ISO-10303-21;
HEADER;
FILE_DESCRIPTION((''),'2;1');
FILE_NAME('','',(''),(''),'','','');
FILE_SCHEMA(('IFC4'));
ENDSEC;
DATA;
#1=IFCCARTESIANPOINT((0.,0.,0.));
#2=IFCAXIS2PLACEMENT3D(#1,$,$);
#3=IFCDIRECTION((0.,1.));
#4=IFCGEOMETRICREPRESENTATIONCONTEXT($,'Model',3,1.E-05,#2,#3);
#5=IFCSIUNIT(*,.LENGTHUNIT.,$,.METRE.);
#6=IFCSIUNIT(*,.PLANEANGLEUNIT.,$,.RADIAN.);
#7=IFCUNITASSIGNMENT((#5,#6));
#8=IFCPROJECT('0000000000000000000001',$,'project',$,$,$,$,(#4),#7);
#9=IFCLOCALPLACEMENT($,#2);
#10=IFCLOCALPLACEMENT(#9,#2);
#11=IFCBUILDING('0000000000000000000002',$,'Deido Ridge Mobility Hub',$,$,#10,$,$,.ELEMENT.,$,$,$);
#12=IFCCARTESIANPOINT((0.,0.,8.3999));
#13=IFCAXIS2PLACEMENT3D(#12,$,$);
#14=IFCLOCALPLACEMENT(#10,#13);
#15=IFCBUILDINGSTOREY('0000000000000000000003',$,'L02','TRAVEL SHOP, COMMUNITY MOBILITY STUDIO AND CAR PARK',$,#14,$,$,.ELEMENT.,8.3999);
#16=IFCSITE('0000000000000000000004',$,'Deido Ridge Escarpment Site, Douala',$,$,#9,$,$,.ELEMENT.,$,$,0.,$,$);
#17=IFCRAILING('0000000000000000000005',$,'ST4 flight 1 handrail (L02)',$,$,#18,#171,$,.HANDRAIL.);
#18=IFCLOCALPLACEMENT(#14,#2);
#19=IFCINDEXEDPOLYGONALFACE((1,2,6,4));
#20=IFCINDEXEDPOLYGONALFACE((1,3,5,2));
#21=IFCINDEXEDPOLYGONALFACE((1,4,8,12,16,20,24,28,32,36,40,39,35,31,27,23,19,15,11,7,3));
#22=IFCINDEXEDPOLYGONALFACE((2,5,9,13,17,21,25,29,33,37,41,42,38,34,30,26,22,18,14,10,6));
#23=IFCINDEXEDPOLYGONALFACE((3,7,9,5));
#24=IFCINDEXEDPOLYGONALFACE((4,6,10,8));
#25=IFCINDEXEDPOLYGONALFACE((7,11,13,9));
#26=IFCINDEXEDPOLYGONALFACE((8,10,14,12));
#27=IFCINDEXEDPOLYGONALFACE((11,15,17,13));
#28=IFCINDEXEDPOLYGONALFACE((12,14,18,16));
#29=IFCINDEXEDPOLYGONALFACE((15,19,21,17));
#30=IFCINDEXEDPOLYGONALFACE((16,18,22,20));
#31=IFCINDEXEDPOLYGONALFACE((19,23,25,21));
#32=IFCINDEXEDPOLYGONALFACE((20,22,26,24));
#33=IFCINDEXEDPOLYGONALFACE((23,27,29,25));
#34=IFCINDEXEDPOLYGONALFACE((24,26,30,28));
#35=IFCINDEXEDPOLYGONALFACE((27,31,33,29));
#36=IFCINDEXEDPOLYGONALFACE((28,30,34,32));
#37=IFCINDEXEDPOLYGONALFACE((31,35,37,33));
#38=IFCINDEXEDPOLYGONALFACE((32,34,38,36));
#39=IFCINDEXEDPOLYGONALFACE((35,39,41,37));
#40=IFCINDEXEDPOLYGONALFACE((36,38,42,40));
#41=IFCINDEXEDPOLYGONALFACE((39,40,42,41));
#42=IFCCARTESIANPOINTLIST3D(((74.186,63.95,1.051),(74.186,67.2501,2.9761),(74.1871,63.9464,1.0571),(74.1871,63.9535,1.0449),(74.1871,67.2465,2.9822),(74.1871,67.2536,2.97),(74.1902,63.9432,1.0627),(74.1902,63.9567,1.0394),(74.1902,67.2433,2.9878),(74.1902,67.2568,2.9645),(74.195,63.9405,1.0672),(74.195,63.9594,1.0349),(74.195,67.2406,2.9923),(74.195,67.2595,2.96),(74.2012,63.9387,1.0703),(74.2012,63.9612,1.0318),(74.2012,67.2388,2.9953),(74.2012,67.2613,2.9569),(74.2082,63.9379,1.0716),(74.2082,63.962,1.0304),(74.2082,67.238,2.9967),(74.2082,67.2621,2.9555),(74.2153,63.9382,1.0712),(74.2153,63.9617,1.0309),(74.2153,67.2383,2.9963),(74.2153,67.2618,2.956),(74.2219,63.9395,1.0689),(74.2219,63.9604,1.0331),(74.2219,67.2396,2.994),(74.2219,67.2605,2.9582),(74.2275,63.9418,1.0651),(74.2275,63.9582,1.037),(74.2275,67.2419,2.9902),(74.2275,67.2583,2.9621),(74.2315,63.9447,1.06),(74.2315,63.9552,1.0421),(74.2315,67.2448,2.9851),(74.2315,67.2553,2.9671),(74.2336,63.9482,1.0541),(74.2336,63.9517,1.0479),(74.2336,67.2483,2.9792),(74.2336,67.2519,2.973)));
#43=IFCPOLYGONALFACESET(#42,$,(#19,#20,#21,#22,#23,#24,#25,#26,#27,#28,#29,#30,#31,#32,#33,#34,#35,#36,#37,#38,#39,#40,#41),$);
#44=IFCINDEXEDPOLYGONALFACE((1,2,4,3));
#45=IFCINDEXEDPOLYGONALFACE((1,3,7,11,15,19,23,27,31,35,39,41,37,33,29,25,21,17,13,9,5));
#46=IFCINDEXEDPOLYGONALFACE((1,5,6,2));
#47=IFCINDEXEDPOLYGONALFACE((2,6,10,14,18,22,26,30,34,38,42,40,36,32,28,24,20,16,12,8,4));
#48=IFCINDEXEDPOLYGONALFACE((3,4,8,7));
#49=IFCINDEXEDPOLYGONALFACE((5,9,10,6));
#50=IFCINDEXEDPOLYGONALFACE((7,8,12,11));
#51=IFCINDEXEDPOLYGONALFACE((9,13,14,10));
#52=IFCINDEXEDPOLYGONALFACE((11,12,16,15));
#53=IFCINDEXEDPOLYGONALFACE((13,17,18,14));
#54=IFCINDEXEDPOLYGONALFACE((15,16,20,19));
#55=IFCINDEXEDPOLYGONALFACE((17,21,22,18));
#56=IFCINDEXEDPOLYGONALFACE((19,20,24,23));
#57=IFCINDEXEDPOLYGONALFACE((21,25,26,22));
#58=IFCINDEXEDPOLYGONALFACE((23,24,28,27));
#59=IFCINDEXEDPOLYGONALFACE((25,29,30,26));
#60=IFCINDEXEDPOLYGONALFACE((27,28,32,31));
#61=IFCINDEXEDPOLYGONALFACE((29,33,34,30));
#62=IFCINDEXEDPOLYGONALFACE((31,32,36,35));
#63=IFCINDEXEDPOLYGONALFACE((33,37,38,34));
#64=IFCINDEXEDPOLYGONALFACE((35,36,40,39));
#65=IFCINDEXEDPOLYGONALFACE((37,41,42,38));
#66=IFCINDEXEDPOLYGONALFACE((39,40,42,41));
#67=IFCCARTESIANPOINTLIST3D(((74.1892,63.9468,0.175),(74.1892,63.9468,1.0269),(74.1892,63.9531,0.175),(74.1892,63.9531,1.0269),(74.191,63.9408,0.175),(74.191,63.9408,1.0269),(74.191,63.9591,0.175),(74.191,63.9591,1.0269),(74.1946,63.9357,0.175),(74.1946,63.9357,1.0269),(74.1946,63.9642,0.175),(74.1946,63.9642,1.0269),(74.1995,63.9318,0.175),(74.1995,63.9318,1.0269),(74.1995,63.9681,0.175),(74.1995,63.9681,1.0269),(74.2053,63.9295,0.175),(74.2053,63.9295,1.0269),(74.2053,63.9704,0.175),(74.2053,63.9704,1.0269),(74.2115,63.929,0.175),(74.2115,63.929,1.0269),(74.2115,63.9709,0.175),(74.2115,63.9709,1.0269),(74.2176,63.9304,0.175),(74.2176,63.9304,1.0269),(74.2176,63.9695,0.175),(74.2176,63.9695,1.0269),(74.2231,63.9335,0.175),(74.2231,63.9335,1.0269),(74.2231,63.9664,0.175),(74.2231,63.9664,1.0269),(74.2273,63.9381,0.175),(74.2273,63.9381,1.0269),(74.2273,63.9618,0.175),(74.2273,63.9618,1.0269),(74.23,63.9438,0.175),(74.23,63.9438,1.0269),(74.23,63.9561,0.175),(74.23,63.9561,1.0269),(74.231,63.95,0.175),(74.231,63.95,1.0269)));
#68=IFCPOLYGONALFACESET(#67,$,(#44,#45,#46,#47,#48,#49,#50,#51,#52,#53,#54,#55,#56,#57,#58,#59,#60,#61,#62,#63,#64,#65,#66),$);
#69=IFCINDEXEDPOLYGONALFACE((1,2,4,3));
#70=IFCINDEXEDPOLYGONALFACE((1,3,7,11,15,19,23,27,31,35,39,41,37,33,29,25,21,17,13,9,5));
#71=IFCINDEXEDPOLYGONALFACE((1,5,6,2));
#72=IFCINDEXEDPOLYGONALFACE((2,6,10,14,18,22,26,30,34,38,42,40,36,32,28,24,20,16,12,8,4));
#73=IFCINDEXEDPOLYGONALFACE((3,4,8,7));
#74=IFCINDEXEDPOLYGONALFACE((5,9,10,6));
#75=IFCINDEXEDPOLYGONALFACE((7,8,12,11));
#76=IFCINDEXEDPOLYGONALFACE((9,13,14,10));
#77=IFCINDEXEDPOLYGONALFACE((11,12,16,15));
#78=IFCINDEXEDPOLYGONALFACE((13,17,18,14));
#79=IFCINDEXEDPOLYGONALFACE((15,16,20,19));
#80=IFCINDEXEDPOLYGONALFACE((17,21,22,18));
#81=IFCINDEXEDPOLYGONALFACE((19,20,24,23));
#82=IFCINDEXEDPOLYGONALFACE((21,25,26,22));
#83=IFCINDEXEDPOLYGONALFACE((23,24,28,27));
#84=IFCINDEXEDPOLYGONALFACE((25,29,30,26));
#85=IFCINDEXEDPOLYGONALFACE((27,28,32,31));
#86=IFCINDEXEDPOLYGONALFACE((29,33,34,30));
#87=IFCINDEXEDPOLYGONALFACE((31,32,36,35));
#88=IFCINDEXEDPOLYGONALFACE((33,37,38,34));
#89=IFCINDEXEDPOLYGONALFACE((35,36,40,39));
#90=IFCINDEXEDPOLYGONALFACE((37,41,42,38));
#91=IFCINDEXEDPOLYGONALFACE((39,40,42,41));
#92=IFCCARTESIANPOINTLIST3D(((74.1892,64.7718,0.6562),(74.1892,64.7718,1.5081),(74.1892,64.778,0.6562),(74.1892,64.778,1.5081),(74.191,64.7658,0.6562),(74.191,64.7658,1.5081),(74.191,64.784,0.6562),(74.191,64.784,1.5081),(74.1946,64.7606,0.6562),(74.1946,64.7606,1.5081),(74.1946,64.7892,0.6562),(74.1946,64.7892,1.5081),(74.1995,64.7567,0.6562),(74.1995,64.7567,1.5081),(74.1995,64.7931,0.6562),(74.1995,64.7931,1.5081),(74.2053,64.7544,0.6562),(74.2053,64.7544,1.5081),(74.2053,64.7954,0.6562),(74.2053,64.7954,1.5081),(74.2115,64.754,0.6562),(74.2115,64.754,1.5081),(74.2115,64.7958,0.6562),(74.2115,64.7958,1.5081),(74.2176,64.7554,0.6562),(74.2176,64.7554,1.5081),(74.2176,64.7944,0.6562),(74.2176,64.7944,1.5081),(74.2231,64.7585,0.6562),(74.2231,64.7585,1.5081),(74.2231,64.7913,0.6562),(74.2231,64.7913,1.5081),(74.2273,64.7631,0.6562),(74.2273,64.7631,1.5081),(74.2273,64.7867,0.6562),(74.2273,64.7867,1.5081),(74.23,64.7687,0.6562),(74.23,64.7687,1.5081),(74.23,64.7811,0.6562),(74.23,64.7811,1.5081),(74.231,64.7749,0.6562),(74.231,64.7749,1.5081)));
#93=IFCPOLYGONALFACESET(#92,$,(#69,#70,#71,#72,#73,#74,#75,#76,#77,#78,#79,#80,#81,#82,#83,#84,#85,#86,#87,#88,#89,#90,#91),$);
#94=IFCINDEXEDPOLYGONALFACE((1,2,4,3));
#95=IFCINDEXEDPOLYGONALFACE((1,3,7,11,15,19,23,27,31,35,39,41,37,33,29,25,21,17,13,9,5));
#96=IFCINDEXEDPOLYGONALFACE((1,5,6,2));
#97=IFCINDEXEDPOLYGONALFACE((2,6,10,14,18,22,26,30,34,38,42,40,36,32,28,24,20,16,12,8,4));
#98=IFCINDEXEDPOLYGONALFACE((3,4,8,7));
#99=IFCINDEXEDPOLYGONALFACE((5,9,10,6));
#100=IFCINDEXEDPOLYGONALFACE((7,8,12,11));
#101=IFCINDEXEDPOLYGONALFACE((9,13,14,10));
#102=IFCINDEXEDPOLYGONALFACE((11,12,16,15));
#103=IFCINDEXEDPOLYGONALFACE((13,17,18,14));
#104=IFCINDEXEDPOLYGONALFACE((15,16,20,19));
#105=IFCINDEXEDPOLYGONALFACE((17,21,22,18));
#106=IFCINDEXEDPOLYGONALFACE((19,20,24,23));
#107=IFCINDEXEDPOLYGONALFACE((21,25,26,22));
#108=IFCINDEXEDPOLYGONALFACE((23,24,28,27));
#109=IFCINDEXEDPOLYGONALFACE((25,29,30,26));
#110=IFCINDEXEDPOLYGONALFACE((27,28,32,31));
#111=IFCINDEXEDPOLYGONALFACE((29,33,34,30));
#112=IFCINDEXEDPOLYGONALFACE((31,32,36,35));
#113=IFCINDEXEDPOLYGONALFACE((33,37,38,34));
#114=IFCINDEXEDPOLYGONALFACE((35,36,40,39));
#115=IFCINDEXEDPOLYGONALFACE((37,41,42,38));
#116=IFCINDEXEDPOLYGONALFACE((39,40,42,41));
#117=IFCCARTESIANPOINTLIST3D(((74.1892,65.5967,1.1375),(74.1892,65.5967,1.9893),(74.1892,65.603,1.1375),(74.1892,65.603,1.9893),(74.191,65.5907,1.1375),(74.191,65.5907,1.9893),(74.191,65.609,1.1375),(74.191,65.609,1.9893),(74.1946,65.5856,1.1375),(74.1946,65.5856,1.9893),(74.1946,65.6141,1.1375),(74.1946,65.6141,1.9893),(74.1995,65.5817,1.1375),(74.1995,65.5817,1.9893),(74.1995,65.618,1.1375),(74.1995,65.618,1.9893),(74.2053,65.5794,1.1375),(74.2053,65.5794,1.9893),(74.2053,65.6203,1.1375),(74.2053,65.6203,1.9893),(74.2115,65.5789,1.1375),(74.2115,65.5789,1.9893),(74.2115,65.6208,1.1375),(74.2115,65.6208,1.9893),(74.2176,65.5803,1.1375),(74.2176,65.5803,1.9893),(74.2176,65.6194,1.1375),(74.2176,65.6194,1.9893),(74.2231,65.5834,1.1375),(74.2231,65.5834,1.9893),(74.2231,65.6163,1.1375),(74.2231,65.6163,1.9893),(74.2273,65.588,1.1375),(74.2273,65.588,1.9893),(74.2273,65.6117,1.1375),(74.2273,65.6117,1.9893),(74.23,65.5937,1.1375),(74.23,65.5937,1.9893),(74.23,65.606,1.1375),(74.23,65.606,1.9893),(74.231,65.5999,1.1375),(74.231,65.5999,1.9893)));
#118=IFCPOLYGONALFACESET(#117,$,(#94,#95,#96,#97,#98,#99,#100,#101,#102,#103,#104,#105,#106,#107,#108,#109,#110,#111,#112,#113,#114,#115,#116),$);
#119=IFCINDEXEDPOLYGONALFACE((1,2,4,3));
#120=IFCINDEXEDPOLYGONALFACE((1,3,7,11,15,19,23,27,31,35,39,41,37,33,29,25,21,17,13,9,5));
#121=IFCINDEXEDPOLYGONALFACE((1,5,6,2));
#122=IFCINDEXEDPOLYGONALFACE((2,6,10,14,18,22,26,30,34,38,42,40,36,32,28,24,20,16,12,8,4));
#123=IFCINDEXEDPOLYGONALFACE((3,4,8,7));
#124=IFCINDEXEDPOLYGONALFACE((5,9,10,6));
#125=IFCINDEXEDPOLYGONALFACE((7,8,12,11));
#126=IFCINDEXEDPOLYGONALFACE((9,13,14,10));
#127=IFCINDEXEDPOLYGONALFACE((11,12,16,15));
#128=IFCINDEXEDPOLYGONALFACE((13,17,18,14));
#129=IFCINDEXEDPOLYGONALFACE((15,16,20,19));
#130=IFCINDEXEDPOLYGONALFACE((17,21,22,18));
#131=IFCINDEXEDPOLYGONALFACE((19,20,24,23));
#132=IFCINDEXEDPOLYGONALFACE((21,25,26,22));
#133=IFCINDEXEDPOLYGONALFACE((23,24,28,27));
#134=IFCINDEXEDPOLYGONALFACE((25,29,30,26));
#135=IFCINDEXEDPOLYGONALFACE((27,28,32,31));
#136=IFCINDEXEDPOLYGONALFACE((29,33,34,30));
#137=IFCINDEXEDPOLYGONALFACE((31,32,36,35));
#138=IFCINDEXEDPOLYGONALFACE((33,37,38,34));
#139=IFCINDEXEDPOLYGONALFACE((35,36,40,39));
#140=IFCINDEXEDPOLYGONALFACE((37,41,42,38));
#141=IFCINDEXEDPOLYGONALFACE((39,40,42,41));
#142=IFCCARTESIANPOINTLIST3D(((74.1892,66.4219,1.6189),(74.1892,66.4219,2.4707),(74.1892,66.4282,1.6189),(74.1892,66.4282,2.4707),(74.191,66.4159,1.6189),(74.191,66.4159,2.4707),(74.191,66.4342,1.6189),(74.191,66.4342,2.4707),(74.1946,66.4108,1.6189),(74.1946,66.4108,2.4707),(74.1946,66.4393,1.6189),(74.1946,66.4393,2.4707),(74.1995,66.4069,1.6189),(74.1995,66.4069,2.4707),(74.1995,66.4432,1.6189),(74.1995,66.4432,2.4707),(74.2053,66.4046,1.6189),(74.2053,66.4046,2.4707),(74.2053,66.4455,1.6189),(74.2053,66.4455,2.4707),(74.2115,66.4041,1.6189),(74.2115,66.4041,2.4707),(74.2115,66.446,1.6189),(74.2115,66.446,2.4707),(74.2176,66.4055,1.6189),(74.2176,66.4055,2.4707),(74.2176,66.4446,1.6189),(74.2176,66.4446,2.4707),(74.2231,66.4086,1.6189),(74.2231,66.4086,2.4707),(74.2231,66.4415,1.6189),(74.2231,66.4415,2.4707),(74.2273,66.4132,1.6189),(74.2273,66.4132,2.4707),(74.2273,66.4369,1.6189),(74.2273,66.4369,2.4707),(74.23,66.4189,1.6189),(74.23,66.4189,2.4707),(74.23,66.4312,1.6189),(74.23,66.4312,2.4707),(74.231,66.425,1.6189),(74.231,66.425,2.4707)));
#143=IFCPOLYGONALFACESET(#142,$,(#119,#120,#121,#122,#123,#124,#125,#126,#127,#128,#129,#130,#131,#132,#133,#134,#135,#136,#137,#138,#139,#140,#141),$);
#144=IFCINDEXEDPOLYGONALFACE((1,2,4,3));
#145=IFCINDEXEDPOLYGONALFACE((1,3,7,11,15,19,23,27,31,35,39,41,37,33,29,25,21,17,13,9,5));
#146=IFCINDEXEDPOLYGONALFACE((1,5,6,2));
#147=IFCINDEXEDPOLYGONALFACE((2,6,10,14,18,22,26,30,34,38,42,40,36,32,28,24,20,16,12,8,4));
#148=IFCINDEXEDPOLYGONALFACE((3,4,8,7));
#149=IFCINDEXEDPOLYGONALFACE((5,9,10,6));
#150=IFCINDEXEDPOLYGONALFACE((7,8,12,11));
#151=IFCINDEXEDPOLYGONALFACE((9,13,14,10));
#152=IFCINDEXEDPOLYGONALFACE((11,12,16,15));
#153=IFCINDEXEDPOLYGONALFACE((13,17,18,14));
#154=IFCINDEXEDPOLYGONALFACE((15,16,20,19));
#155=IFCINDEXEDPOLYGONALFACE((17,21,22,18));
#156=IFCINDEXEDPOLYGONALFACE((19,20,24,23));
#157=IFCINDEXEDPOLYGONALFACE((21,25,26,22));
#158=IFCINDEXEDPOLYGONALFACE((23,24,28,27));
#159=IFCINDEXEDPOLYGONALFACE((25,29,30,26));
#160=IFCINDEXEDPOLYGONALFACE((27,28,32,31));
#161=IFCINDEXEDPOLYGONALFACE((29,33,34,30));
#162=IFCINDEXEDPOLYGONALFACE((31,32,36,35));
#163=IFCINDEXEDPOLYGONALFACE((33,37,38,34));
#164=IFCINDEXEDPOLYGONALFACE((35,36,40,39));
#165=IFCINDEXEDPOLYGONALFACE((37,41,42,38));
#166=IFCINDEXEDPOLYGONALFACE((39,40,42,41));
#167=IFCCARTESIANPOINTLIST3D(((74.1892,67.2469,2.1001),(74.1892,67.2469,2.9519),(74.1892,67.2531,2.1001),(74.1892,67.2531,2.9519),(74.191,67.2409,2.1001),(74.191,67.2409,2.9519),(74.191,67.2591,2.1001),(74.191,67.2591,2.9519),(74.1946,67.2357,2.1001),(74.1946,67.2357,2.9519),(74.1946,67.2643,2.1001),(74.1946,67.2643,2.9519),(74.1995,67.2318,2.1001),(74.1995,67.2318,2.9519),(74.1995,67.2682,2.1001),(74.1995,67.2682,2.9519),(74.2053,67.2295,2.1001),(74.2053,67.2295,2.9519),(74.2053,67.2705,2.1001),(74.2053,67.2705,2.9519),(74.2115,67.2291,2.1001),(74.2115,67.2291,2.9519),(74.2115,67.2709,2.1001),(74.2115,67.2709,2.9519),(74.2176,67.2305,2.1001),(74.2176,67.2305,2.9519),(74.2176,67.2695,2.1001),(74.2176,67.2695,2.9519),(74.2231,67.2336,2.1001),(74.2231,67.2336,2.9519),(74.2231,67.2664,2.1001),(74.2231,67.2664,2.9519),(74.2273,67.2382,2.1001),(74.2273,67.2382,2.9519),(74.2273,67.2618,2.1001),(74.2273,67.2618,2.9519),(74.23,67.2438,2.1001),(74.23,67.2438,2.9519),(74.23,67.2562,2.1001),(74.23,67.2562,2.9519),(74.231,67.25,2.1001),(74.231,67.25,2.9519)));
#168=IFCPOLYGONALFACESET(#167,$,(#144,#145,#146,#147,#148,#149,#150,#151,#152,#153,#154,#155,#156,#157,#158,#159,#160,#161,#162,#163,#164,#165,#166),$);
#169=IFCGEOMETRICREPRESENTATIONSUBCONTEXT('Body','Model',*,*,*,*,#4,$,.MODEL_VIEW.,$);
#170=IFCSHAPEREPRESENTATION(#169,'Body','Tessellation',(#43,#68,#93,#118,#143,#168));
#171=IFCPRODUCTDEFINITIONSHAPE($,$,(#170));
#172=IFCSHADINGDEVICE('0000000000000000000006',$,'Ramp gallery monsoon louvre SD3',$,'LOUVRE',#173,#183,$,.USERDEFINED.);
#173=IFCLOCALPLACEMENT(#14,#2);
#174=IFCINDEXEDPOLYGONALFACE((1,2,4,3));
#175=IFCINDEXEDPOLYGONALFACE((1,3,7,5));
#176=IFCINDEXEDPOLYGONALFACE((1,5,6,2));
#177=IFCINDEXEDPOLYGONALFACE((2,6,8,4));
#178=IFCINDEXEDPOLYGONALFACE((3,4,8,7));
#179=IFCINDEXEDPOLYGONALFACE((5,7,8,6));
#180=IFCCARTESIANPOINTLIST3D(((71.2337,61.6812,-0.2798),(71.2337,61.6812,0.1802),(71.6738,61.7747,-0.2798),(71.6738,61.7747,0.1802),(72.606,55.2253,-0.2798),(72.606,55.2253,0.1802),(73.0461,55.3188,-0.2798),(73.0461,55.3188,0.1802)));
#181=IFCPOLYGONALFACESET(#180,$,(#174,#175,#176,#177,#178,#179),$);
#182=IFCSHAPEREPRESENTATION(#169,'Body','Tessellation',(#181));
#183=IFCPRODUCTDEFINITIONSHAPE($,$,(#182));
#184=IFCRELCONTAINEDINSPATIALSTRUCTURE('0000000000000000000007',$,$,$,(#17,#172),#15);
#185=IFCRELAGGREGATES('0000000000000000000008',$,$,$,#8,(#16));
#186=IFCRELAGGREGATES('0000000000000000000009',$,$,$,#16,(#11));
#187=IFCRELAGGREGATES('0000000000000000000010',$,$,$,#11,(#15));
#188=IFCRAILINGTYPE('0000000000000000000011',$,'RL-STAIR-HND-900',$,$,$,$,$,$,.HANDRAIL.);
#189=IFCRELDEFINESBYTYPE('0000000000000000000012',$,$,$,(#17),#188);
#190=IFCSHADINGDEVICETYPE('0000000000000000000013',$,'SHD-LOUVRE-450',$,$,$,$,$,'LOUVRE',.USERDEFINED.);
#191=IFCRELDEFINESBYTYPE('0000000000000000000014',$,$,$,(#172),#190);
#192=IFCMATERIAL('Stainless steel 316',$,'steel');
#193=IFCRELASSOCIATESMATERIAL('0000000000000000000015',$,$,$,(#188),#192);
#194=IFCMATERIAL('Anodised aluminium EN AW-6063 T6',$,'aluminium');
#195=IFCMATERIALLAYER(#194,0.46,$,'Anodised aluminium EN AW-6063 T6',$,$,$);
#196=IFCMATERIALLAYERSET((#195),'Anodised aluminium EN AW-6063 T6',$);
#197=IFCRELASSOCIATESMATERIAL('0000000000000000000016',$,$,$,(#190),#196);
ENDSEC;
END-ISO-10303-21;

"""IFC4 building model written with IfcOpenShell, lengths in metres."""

from ifc_helpers import new_model, si_unit, direction, frame, origin, origin_2d, place, context, subcontext, project, spatial, rectangle, circle, extrude, material, layer, layer_set, type_object, element, save


model = new_model("IFC4")

# Units and contexts
model_context = context("Model", 3, precision=1e-05, world=origin(), true_north=direction((0.0, 1.0)))
body_context = subcontext(model_context, "Body", "Model", "MODEL_VIEW")
ifc_project = project(units=[si_unit("LENGTHUNIT", "METRE"), si_unit("PLANEANGLEUNIT", "RADIAN")], contexts=[model_context])

# Site, building, storey
site_placement = place(None, origin())
site = spatial("IfcSite", under=ifc_project, at=site_placement, Name="Deido Ridge Escarpment Site, Douala", CompositionType="ELEMENT", RefElevation=0.0)
building_placement = place(site_placement, origin())
building = spatial("IfcBuilding", under=site, at=building_placement, Name="Deido Ridge Mobility Hub", CompositionType="ELEMENT")
storey_placement = place(building_placement, frame((0.0, 0.0, 8.3999)))
storey = spatial("IfcBuildingStorey", under=building, at=storey_placement, Name="L02", Description="TRAVEL SHOP, COMMUNITY MOBILITY STUDIO AND CAR PARK", CompositionType="ELEMENT", Elevation=8.3999)

# Shared definitions
ifc_material_1 = material(Name="Anodised aluminium EN AW-6063 T6", Category="aluminium")

# Shared definitions
ifc_material_2 = material(Name="Stainless steel 316", Category="steel")

# Railing
railing_type_1 = type_object("IfcRailingType", Name="RL-STAIR-HND-900", PredefinedType="HANDRAIL", material=ifc_material_2)
railing_1_placement = place(storey_placement, frame((74.21, 63.95, 0.175)))
element("IfcRailing", 1, at=railing_1_placement, inside=storey, type_object=railing_type_1, Name="ST4 flight 1 handrail (L02)", PredefinedType="HANDRAIL", context=body_context, shape_type="SweptSolid", body=[
    extrude(circle(Radius=0.0239, at=origin_2d()), frame((0.0, 0.0, 0.876), z_axis=(0.0, 0.863777, 0.503875), x_axis=(-1.0, 0.0, 0.0)), (0.0, 0.0, 1.0), 3.8206),
    extrude(circle(Radius=0.021, at=origin_2d()), origin(), (0.0, 0.0, 1.0), 0.8518),
    extrude(circle(Radius=0.021, at=origin_2d()), frame((0.0, 0.825, 0.4812)), (0.0, 0.0, 1.0), 0.8518),
    extrude(circle(Radius=0.021, at=origin_2d()), frame((0.0, 1.6499, 0.9624)), (0.0, 0.0, 1.0), 0.8518),
    extrude(circle(Radius=0.021, at=origin_2d()), frame((0.0, 2.4751, 1.4438)), (0.0, 0.0, 1.0), 0.8518),
    extrude(circle(Radius=0.021, at=origin_2d()), frame((0.0, 3.3, 1.925)), (0.0, 0.0, 1.0), 0.8518),
])

# Shading device
ifc_layer_1 = layer(ifc_material_1, 0.46, Name="Anodised aluminium EN AW-6063 T6")
ifc_layer_set_1 = layer_set([ifc_layer_1], Name="Anodised aluminium EN AW-6063 T6")
shading_device_type = type_object("IfcShadingDeviceType", Name="SHD-LOUVRE-450", ElementType="LOUVRE", PredefinedType="USERDEFINED", material=ifc_layer_set_1)
shading_device_placement = place(storey_placement, frame((72.1399, 58.5, -0.2798), z_axis=(0.0, 0.0, 1.0), x_axis=(-0.207912, 0.978148, 0.0)))
element("IfcShadingDevice", 2, at=shading_device_placement, inside=storey, type_object=shading_device_type, Name="Ramp gallery monsoon louvre SD3", ObjectType="LOUVRE", PredefinedType="USERDEFINED", context=body_context, shape_type="SweptSolid", body=[
    extrude(rectangle(XDim=6.6001, YDim=0.45, at=origin_2d()), origin(), (0.0, 0.0, 1.0), 0.46),
])

save(model, "model.ifc")
